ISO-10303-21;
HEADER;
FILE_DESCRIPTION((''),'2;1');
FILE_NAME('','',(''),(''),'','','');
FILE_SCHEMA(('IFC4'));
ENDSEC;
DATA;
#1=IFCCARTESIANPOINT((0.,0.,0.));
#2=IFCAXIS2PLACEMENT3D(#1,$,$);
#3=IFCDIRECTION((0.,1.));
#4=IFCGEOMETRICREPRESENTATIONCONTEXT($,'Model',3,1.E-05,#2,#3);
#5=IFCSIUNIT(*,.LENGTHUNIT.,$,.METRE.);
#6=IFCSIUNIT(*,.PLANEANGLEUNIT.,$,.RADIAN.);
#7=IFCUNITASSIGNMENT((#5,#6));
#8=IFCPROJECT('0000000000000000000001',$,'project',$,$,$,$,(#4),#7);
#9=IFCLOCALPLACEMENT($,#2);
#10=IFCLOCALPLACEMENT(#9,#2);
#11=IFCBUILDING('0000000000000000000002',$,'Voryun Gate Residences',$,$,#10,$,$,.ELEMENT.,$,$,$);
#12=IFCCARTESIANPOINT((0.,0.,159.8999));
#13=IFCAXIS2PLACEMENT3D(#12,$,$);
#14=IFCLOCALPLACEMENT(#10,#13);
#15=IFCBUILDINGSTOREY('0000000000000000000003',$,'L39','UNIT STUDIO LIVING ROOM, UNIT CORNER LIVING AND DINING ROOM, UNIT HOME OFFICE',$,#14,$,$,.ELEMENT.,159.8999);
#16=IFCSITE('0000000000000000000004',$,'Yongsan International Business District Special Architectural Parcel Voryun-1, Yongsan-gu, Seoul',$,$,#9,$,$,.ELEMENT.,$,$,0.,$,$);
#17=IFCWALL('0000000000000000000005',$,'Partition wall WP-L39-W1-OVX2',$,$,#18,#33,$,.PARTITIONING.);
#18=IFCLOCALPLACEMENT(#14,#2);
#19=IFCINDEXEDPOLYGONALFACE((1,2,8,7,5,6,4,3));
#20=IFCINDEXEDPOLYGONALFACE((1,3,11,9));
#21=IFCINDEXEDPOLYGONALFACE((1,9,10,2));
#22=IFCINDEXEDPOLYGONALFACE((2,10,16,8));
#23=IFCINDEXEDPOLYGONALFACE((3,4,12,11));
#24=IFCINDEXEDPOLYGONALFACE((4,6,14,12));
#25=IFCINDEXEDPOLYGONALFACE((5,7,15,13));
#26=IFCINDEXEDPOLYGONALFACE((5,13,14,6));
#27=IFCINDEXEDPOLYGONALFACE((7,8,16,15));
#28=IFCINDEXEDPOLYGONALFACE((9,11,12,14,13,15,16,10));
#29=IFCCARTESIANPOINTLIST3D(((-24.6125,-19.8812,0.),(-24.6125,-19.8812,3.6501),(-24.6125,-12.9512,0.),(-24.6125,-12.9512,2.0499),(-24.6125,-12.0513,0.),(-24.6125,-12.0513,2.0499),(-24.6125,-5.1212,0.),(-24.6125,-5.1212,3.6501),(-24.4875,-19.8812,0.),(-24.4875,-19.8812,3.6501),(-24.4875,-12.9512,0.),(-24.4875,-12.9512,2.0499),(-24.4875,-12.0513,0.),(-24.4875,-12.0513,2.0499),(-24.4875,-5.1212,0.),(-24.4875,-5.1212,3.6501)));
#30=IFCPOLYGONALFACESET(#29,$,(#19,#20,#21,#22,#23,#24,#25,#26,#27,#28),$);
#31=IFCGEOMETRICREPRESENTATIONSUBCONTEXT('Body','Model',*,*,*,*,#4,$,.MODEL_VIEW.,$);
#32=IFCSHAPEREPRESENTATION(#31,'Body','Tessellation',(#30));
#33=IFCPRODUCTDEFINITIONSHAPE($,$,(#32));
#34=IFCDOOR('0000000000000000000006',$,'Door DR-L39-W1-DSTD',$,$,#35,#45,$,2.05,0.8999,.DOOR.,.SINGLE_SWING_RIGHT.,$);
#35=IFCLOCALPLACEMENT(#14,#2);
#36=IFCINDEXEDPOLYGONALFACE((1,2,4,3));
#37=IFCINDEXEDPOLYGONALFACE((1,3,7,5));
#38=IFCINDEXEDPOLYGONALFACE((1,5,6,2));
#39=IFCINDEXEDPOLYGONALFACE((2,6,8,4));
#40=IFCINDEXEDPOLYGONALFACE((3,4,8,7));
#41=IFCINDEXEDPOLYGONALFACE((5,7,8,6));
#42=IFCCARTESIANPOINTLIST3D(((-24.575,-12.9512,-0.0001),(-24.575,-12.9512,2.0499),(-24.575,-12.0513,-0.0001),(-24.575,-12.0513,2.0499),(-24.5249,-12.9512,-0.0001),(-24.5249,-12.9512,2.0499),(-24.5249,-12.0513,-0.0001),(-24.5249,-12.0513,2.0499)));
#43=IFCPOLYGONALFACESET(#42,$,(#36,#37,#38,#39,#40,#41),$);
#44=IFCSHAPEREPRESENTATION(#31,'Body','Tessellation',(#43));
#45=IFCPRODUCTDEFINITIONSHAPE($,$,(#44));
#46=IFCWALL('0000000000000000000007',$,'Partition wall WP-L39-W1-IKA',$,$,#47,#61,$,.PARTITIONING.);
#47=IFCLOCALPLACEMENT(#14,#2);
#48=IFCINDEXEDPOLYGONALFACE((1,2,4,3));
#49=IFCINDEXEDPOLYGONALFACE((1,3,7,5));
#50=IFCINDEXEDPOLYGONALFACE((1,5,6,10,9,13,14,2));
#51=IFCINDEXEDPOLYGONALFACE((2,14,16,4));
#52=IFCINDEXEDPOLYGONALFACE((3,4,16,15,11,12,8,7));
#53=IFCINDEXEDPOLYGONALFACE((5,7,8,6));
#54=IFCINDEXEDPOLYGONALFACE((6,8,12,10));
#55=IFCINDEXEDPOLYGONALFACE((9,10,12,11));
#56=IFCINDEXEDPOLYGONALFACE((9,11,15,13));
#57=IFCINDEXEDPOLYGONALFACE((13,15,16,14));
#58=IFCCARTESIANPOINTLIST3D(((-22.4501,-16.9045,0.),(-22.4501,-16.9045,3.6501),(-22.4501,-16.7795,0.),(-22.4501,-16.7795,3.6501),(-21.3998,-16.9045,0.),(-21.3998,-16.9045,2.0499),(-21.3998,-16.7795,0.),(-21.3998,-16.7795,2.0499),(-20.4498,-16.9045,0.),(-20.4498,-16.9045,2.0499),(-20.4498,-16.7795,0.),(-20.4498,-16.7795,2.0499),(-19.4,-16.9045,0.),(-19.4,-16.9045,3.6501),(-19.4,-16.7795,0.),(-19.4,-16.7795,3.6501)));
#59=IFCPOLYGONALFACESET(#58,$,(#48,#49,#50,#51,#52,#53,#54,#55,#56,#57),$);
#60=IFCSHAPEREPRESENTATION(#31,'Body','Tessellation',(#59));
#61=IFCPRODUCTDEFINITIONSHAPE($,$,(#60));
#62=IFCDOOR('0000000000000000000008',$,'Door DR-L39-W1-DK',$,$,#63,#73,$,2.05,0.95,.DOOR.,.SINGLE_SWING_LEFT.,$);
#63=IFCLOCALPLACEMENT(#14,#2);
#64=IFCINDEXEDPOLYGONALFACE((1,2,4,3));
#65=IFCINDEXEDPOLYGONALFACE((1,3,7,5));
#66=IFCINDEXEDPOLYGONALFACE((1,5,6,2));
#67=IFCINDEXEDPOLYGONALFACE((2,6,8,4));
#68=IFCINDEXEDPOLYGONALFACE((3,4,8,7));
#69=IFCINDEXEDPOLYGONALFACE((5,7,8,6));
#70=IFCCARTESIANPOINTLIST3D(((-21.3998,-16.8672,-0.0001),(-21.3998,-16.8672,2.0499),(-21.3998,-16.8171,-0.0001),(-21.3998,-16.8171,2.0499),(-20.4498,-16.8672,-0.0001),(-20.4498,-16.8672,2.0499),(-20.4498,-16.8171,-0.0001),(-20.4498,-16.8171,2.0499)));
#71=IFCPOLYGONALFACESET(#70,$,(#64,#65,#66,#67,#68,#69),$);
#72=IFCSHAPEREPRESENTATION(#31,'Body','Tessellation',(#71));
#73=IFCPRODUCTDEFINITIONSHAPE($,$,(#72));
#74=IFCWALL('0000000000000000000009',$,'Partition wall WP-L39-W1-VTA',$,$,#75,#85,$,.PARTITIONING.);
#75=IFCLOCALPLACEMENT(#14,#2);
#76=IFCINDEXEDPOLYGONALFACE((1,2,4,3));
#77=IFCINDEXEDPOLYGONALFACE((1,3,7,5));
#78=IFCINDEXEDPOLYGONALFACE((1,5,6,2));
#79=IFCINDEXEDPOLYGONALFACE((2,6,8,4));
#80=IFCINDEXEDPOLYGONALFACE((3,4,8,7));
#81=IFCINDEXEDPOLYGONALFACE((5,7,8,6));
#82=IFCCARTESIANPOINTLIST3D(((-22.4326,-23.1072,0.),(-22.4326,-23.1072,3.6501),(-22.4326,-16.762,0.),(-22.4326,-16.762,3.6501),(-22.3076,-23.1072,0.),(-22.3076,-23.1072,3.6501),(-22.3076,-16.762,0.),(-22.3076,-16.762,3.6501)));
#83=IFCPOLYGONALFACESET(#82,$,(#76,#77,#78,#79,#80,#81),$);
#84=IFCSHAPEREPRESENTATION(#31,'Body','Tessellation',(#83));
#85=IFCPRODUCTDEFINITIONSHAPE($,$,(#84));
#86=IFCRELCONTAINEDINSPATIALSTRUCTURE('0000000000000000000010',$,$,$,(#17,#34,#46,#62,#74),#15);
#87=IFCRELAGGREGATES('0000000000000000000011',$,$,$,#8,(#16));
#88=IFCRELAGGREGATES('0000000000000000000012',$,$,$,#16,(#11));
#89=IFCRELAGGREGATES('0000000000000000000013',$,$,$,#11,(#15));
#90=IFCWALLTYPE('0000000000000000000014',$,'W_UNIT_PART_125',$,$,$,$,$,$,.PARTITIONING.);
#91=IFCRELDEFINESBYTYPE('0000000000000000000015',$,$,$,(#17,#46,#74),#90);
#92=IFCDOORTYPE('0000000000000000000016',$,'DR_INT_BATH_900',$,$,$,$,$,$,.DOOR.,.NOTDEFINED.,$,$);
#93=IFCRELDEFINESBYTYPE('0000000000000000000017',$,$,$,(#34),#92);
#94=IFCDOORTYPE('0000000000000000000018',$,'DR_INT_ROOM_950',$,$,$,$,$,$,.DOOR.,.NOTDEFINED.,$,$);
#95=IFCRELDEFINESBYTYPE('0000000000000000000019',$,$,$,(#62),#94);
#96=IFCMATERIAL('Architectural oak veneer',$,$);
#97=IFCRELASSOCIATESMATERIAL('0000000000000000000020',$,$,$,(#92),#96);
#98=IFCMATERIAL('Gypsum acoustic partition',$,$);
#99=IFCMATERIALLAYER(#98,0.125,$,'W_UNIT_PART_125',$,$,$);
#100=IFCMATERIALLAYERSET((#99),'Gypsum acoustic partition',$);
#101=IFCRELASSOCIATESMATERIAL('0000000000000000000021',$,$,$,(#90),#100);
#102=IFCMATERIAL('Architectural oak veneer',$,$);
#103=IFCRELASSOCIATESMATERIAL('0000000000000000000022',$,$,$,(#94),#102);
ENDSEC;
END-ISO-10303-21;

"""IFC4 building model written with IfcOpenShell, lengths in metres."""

from ifc_helpers import new_model, si_unit, direction, frame, frame_2d, origin, place, context, subcontext, project, spatial, rectangle, extrude, material, layer, layer_set, type_object, element, fill, save


model = new_model("IFC4")

# Units and contexts
model_context = context("Model", 3, precision=1e-05, world=origin(), true_north=direction((0.0, 1.0)))
body_context = subcontext(model_context, "Body", "Model", "MODEL_VIEW")
ifc_project = project(units=[si_unit("LENGTHUNIT", "METRE"), si_unit("PLANEANGLEUNIT", "RADIAN")], contexts=[model_context])

# Site, building, storey
site_placement = place(None, origin())
site = spatial("IfcSite", under=ifc_project, at=site_placement, Name="Yongsan International Business District Special Architectural Parcel Voryun-1, Yongsan-gu, Seoul", CompositionType="ELEMENT", RefElevation=0.0)
building_placement = place(site_placement, origin())
building = spatial("IfcBuilding", under=site, at=building_placement, Name="Voryun Gate Residences", CompositionType="ELEMENT")
storey_placement = place(building_placement, frame((0.0, 0.0, 159.8999)))
storey = spatial("IfcBuildingStorey", under=building, at=storey_placement, Name="L39", Description="UNIT STUDIO LIVING ROOM, UNIT CORNER LIVING AND DINING ROOM, UNIT HOME OFFICE", CompositionType="ELEMENT", Elevation=159.8999)

# Shared definitions
ifc_material_1 = material(Name="Architectural oak veneer")
door_type_1 = type_object("IfcDoorType", Name="DR_INT_BATH_900", OperationType="NOTDEFINED", PredefinedType="DOOR", material=ifc_material_1)

# Shared definitions
ifc_material_2 = material(Name="Gypsum acoustic partition")
ifc_layer_1 = layer(ifc_material_2, 0.125, Name="W_UNIT_PART_125")
ifc_layer_set_1 = layer_set([ifc_layer_1], Name="Gypsum acoustic partition")
wall_type_1 = type_object("IfcWallType", Name="W_UNIT_PART_125", PredefinedType="PARTITIONING", material=ifc_layer_set_1)

# Walls, openings, doors
wall_1_placement = place(storey_placement, frame((-24.55, -19.8811, 0.0), z_axis=(0.0, 0.0, 1.0), x_axis=(0.0, 1.0, 0.0)))
wall_1 = element("IfcWall", 1, at=wall_1_placement, inside=storey, type_object=wall_type_1, Name="Partition wall WP-L39-W1-OVX2", PredefinedType="PARTITIONING", context=body_context, shape_type="SweptSolid", body=[
    extrude(rectangle(XDim=14.76, YDim=0.125, at=frame_2d((7.3799, 0.0))), origin(), (0.0, 0.0, 1.0), 3.6501),
])
opening_1_placement = place(wall_1_placement, frame((6.9299, 0.0, 0.0)))
opening_1 = element("IfcOpeningElement", 2, at=opening_1_placement, cuts=wall_1, PredefinedType="OPENING", context=body_context, shape_type="SweptSolid", body=[
    extrude(rectangle(XDim=0.8999, YDim=2.05, at=frame_2d((0.45, 1.0249))), frame((0.0, 0.0725, 0.0), z_axis=(0.0, -1.0, 0.0), x_axis=(1.0, 0.0, 0.0)), (0.0, 0.0, 1.0), 0.145),
])
door_1_placement = place(opening_1_placement, origin())
door_1 = element("IfcDoor", 3, at=door_1_placement, inside=storey, type_object=door_type_1, Name="Door DR-L39-W1-DSTD", OperationType="SINGLE_SWING_RIGHT", OverallHeight=2.05, OverallWidth=0.8999, PredefinedType="DOOR", context=body_context, shape_type="SweptSolid", body=[
    extrude(rectangle(XDim=0.8999, YDim=2.05, at=frame_2d((0.45, 1.0249))), frame((0.0, 0.0249, 0.0), z_axis=(0.0, -1.0, 0.0), x_axis=(1.0, 0.0, 0.0)), (0.0, 0.0, 1.0), 0.05),
])
fill(opening_1, door_1)
wall_2_placement = place(storey_placement, frame((-22.45, -16.842, 0.0), z_axis=(0.0, 0.0, 1.0), x_axis=(1.0, 0.0, 0.0)))
wall_2 = element("IfcWall", 4, at=wall_2_placement, inside=storey, type_object=wall_type_1, Name="Partition wall WP-L39-W1-IKA", PredefinedType="PARTITIONING", context=body_context, shape_type="SweptSolid", body=[
    extrude(rectangle(XDim=3.05, YDim=0.125, at=frame_2d((1.5249, 0.0))), origin(), (0.0, 0.0, 1.0), 3.6501),
])
opening_2_placement = place(wall_2_placement, frame((1.05, 0.0, 0.0)))
opening_2 = element("IfcOpeningElement", 5, at=opening_2_placement, cuts=wall_2, PredefinedType="OPENING", context=body_context, shape_type="SweptSolid", body=[
    extrude(rectangle(XDim=0.95, YDim=2.05, at=frame_2d((0.4751, 1.0249))), frame((0.0, 0.0725, 0.0), z_axis=(0.0, -1.0, 0.0), x_axis=(1.0, 0.0, 0.0)), (0.0, 0.0, 1.0), 0.145),
])
ifc_material_3 = material(Name="Architectural oak veneer")
door_type_2 = type_object("IfcDoorType", Name="DR_INT_ROOM_950", OperationType="NOTDEFINED", PredefinedType="DOOR", material=ifc_material_3)
door_2_placement = place(opening_2_placement, origin())
door_2 = element("IfcDoor", 6, at=door_2_placement, inside=storey, type_object=door_type_2, Name="Door DR-L39-W1-DK", OperationType="SINGLE_SWING_LEFT", OverallHeight=2.05, OverallWidth=0.95, PredefinedType="DOOR", context=body_context, shape_type="SweptSolid", body=[
    extrude(rectangle(XDim=0.95, YDim=2.05, at=frame_2d((0.4751, 1.0249))), frame((0.0, 0.0249, 0.0), z_axis=(0.0, -1.0, 0.0), x_axis=(1.0, 0.0, 0.0)), (0.0, 0.0, 1.0), 0.05),
])
fill(opening_2, door_2)

# Wall
wall_3_placement = place(storey_placement, frame((-22.3701, -23.1072, 0.0), z_axis=(0.0, 0.0, 1.0), x_axis=(0.0, 1.0, 0.0)))
element("IfcWall", 7, at=wall_3_placement, inside=storey, type_object=wall_type_1, Name="Partition wall WP-L39-W1-VTA", PredefinedType="PARTITIONING", context=body_context, shape_type="SweptSolid", body=[
    extrude(rectangle(XDim=6.3452, YDim=0.125, at=frame_2d((3.1726, 0.0))), origin(), (0.0, 0.0, 1.0), 3.6501),
])

save(model, "model.ifc")
